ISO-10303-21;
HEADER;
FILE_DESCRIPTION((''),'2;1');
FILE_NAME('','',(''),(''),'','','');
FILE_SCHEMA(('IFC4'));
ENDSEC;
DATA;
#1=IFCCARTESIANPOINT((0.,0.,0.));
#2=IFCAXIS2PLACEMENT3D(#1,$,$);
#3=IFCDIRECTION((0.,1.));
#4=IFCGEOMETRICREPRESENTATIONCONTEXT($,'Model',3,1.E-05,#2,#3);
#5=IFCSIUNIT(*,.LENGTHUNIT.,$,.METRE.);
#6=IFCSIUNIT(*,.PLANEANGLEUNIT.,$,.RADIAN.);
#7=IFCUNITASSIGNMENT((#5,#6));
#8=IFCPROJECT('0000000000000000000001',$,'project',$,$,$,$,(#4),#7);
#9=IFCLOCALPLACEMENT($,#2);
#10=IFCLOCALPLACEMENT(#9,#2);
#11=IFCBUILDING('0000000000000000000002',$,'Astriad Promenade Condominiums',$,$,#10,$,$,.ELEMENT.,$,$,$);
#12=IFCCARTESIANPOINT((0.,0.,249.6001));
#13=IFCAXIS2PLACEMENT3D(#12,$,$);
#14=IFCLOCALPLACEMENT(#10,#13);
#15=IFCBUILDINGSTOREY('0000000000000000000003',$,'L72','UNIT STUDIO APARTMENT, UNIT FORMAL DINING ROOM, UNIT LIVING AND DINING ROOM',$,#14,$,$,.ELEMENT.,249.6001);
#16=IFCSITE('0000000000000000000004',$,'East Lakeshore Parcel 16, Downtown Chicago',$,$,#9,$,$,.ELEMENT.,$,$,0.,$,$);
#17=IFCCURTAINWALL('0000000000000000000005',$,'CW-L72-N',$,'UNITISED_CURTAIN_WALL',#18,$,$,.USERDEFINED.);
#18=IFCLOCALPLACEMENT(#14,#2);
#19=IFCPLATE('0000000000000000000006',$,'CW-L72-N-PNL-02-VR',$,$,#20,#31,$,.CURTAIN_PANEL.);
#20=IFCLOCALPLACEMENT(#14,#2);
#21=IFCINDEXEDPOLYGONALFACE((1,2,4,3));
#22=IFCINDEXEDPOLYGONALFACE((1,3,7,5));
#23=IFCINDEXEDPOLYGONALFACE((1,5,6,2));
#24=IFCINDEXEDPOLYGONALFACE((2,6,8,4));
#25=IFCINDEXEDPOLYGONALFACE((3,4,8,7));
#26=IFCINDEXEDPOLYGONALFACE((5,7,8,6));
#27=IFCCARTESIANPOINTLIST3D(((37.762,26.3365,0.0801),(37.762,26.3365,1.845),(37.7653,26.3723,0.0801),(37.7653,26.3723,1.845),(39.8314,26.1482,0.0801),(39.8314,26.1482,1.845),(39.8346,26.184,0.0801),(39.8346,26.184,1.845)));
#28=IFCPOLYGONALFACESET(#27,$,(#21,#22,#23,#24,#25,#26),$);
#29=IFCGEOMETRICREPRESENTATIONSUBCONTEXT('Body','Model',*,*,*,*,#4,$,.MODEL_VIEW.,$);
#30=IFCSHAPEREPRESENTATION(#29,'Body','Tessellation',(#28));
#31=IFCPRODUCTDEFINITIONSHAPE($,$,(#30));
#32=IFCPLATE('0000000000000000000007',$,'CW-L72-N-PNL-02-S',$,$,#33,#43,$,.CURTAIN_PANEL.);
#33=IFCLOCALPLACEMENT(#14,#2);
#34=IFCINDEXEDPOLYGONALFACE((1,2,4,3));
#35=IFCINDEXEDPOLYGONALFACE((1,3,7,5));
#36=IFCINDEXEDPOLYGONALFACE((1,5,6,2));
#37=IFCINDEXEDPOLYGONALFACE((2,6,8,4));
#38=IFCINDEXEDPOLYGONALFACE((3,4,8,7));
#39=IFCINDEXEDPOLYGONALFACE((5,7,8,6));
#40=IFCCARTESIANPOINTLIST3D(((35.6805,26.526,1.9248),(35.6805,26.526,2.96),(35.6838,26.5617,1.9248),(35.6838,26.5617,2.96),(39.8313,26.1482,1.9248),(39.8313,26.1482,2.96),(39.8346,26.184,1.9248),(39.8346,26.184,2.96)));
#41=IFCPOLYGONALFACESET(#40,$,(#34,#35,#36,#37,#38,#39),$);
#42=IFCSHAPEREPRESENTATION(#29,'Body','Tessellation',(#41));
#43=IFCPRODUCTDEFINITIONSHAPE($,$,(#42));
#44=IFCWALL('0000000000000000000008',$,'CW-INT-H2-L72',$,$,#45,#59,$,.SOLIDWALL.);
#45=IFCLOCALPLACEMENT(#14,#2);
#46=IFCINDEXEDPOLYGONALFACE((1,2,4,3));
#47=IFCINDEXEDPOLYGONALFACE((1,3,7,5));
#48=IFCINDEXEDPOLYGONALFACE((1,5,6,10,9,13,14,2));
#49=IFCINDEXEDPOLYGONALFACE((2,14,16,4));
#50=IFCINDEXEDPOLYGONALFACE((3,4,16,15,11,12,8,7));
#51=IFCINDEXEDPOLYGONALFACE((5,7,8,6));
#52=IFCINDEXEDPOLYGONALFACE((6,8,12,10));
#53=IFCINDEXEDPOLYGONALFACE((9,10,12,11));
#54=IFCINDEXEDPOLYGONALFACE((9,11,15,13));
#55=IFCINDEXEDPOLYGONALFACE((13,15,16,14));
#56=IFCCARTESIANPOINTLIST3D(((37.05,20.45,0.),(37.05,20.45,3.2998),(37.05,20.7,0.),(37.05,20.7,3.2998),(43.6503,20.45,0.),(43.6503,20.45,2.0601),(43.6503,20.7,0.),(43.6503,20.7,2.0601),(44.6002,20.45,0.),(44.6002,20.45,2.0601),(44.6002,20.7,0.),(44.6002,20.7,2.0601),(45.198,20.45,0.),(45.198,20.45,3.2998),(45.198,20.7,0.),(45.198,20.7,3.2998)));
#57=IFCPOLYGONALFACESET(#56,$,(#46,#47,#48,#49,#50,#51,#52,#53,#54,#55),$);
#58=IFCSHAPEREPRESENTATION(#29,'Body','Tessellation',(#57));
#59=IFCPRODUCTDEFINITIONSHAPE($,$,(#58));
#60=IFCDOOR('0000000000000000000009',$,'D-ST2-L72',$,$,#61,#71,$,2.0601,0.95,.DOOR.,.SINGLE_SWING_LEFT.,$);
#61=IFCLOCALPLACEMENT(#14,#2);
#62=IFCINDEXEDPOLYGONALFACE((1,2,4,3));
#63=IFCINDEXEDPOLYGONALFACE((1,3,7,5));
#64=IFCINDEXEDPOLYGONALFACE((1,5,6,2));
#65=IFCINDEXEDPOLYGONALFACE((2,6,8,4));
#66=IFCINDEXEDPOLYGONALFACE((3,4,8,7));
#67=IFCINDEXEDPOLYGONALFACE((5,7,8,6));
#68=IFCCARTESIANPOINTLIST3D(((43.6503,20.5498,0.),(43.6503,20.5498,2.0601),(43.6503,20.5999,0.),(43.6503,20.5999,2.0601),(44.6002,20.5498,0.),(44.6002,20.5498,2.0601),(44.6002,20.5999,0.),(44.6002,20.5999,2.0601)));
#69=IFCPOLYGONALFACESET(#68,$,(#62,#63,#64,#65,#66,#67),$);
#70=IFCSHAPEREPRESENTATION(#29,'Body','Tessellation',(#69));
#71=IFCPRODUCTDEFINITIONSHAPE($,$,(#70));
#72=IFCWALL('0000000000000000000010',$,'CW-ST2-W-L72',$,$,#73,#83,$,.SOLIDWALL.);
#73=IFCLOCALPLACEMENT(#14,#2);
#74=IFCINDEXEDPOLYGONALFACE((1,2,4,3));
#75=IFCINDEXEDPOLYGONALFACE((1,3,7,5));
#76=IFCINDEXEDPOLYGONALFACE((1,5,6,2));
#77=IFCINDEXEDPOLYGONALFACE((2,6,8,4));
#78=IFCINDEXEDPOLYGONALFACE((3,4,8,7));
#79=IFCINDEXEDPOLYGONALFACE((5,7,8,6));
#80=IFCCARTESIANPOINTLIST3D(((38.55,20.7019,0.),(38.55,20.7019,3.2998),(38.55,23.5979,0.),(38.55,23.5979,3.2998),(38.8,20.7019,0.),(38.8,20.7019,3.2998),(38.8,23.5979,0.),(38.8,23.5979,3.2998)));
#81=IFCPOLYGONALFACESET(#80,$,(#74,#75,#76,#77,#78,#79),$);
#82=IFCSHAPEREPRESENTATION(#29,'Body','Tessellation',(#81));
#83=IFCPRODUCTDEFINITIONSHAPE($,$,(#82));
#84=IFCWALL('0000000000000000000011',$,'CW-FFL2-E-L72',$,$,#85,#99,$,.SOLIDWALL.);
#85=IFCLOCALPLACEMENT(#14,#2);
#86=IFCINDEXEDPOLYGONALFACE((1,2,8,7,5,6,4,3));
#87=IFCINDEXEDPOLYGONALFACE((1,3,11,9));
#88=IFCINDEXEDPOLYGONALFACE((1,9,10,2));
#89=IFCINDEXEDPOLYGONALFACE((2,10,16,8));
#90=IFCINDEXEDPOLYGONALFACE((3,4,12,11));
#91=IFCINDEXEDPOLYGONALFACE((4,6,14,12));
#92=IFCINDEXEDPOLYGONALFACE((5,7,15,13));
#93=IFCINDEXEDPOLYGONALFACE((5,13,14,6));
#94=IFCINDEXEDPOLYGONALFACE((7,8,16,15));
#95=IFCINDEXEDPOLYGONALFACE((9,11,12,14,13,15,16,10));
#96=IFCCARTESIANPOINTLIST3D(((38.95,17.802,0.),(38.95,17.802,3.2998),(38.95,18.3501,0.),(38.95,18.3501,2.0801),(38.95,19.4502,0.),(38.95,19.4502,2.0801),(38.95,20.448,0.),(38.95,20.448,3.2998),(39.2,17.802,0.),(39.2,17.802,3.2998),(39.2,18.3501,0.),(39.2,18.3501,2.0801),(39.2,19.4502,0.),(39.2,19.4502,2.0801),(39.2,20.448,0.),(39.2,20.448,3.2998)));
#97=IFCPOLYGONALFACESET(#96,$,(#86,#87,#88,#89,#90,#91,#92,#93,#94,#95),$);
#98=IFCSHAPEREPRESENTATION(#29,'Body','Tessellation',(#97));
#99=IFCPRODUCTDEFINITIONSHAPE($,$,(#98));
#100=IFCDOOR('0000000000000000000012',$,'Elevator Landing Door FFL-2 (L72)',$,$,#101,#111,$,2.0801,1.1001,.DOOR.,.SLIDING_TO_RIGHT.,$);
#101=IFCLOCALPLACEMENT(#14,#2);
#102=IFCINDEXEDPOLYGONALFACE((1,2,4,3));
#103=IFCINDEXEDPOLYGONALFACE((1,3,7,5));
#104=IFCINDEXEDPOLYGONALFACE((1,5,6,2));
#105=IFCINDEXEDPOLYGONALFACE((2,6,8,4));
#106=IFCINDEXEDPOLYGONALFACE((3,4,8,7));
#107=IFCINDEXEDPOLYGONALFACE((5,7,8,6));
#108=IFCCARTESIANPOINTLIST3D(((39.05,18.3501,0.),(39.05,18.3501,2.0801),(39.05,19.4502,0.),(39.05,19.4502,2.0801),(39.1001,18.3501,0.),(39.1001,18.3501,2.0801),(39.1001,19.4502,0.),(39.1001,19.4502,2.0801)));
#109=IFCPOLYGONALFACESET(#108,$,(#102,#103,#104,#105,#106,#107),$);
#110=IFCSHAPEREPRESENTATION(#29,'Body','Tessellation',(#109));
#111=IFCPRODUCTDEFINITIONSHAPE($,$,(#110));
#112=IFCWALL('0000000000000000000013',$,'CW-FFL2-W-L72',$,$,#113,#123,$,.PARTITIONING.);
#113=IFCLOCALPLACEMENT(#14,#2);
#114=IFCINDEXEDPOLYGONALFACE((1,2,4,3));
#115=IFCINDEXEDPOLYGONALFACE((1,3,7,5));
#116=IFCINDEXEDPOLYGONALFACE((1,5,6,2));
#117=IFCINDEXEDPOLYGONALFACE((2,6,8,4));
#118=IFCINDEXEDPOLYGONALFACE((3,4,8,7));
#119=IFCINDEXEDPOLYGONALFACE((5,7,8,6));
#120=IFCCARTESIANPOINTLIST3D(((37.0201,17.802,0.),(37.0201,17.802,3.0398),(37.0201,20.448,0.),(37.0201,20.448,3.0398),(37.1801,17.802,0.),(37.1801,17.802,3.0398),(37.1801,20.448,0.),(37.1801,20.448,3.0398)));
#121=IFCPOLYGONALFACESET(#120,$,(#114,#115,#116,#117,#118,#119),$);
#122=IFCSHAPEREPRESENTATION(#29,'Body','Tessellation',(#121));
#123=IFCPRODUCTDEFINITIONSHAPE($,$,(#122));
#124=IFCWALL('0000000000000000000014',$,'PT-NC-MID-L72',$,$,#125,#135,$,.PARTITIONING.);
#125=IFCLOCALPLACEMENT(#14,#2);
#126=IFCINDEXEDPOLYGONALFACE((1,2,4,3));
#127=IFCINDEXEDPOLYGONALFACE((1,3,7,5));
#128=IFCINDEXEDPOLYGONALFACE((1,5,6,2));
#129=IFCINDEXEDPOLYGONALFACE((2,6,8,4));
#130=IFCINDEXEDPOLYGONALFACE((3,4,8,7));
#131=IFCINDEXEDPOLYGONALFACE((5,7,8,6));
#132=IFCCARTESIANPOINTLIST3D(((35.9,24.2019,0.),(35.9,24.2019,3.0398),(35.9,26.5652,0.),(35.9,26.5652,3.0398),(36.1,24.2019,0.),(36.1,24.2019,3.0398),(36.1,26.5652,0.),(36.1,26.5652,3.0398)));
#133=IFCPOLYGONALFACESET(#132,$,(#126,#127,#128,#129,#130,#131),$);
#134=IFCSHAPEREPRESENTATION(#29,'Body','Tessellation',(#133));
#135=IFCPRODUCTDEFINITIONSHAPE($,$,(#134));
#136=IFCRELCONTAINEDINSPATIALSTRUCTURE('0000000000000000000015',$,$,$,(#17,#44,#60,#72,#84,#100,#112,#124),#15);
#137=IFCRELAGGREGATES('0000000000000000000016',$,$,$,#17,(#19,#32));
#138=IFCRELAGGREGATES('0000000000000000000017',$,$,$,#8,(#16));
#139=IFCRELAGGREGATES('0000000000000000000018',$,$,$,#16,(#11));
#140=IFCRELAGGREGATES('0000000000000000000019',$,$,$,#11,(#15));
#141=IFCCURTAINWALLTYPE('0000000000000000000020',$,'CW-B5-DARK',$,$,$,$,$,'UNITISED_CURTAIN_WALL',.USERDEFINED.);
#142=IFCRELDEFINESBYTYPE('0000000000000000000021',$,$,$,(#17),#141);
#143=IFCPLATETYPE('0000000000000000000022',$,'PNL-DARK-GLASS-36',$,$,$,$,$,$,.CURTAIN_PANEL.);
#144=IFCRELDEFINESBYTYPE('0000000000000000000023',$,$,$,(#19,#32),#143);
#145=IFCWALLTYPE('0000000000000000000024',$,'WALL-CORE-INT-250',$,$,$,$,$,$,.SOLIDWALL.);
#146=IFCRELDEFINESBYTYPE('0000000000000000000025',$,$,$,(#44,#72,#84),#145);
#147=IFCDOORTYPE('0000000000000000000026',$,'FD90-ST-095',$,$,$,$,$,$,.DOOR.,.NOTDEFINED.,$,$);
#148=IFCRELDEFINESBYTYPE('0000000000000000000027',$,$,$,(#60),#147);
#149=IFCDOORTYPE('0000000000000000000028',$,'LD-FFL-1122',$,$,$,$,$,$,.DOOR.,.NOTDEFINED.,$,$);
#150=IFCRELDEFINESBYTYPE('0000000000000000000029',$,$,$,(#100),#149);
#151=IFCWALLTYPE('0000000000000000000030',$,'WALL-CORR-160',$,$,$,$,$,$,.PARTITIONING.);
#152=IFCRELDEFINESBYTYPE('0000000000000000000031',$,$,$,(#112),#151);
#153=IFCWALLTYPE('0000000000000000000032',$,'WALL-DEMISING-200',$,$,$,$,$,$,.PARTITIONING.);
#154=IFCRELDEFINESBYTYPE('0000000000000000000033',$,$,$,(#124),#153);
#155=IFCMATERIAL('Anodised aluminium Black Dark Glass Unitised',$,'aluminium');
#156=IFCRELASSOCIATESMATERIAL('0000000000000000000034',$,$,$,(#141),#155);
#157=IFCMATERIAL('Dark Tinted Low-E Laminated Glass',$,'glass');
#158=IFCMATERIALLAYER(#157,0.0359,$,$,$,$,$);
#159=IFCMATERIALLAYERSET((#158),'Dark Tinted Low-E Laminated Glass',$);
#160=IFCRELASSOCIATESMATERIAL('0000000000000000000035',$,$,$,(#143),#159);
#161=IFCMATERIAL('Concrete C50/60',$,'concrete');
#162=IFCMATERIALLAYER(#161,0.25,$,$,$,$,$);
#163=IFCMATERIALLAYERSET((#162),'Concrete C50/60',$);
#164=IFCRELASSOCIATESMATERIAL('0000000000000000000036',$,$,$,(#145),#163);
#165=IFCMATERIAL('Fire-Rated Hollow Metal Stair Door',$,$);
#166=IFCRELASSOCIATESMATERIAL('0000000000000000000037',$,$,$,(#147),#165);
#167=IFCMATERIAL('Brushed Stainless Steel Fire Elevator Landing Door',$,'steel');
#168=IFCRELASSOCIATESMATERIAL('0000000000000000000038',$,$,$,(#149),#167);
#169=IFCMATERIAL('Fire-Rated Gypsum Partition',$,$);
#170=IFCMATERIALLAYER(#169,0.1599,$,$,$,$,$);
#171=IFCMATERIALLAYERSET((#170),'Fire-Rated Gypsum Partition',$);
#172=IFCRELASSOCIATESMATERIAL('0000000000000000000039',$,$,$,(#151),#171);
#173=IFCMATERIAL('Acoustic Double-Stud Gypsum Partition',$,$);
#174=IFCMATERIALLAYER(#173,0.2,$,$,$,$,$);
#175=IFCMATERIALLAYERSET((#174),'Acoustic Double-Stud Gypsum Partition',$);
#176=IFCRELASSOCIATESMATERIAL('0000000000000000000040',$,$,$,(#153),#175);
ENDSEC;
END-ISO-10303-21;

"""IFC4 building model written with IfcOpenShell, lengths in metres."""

from ifc_helpers import new_model, si_unit, direction, frame, frame_2d, origin, origin_2d, place, context, subcontext, project, spatial, rectangle, extrude, source, transform, mapped, material, layer, layer_set, type_object, type_shapes, element, fill, aggregate, save


model = new_model("IFC4")

# Units and contexts
model_context = context("Model", 3, precision=1e-05, world=origin(), true_north=direction((0.0, 1.0)))
body_context = subcontext(model_context, "Body", "Model", "MODEL_VIEW")
ifc_project = project(units=[si_unit("LENGTHUNIT", "METRE"), si_unit("PLANEANGLEUNIT", "RADIAN")], contexts=[model_context])

# Site, building, storey
site_placement = place(None, origin())
site = spatial("IfcSite", under=ifc_project, at=site_placement, Name="East Lakeshore Parcel 16, Downtown Chicago", CompositionType="ELEMENT", RefElevation=0.0)
building_placement = place(site_placement, origin())
building = spatial("IfcBuilding", under=site, at=building_placement, Name="Astriad Promenade Condominiums", CompositionType="ELEMENT")
storey_placement = place(building_placement, frame((0.0, 0.0, 249.6001)))
storey = spatial("IfcBuildingStorey", under=building, at=storey_placement, Name="L72", Description="UNIT STUDIO APARTMENT, UNIT FORMAL DINING ROOM, UNIT LIVING AND DINING ROOM", CompositionType="ELEMENT", Elevation=249.6001)

# Curtain wall, plates
ifc_material_1 = material(Name="Anodised aluminium Black Dark Glass Unitised", Category="aluminium")
curtain_wall_type = type_object("IfcCurtainWallType", Name="CW-B5-DARK", ElementType="UNITISED_CURTAIN_WALL", PredefinedType="USERDEFINED", material=ifc_material_1)
curtain_wall_placement = place(storey_placement, origin())
curtain_wall = element("IfcCurtainWall", 1, at=curtain_wall_placement, inside=storey, type_object=curtain_wall_type, Name="CW-L72-N", ObjectType="UNITISED_CURTAIN_WALL", PredefinedType="USERDEFINED")
ifc_material_2 = material(Name="Dark Tinted Low-E Laminated Glass", Category="glass")
ifc_layer_1 = layer(ifc_material_2, 0.0359)
ifc_layer_set_1 = layer_set([ifc_layer_1], Name="Dark Tinted Low-E Laminated Glass")
plate_type = type_object("IfcPlateType", Name="PNL-DARK-GLASS-36", PredefinedType="CURTAIN_PANEL", material=ifc_layer_set_1)
shared_shape_1 = source(origin(), body_context, "Body", "SweptSolid", [
    extrude(rectangle(XDim=2.0779, YDim=0.0359, at=origin_2d()), origin(), (0.0, 0.0, 1.0), 1.7649),
])
plate_1_placement = place(storey_placement, frame((38.7983, 26.2603, 0.0801), z_axis=(0.0, 0.0, 1.0), x_axis=(0.995884, -0.090633, 0.0)))
plate_1 = element("IfcPlate", 2, at=plate_1_placement, type_object=plate_type, Name="CW-L72-N-PNL-02-VR", PredefinedType="CURTAIN_PANEL", context=body_context, shape_type="MappedRepresentation", body=[
    mapped(shared_shape_1, transform((0.0, 0.0, 0.0), scale=1.0)),
])
shared_shape_2 = source(origin(), body_context, "Body", "SweptSolid", [
    extrude(rectangle(XDim=4.168, YDim=0.0359, at=origin_2d()), origin(), (0.0, 0.0, 1.0), 1.0352),
])
type_shapes(plate_type, [shared_shape_1, shared_shape_2])
plate_2_placement = place(storey_placement, frame((37.7576, 26.355, 1.9248), z_axis=(0.0, 0.0, 1.0), x_axis=(0.995884, -0.090633, 0.0)))
plate_2 = element("IfcPlate", 3, at=plate_2_placement, type_object=plate_type, Name="CW-L72-N-PNL-02-S", PredefinedType="CURTAIN_PANEL", context=body_context, shape_type="MappedRepresentation", body=[
    mapped(shared_shape_2, transform((0.0, 0.0, 0.0), scale=1.0)),
])
aggregate(curtain_wall, [plate_1, plate_2])

# Wall, opening, door
ifc_material_3 = material(Name="Concrete C50/60", Category="concrete")
ifc_layer_2 = layer(ifc_material_3, 0.25)
ifc_layer_set_2 = layer_set([ifc_layer_2], Name="Concrete C50/60")
wall_type_1 = type_object("IfcWallType", Name="WALL-CORE-INT-250", PredefinedType="SOLIDWALL", material=ifc_layer_set_2)
wall_1_placement = place(storey_placement, frame((37.05, 20.575, 0.0), z_axis=(0.0, 0.0, 1.0), x_axis=(1.0, 0.0, 0.0)))
wall_1 = element("IfcWall", 4, at=wall_1_placement, inside=storey, type_object=wall_type_1, Name="CW-INT-H2-L72", PredefinedType="SOLIDWALL", context=body_context, shape_type="SweptSolid", body=[
    extrude(rectangle(XDim=8.1479, YDim=0.25, at=frame_2d((4.074, 0.0))), origin(), (0.0, 0.0, 1.0), 3.2998),
])
opening_1_placement = place(wall_1_placement, frame((6.6001, 0.0, 0.0)))
opening_1 = element("IfcOpeningElement", 5, at=opening_1_placement, cuts=wall_1, PredefinedType="OPENING", context=body_context, shape_type="SweptSolid", body=[
    extrude(rectangle(XDim=0.95, YDim=2.0601, at=frame_2d((0.4751, 1.03))), frame((0.0, 0.135, 0.0), z_axis=(0.0, -1.0, 0.0), x_axis=(1.0, 0.0, 0.0)), (0.0, 0.0, 1.0), 0.27),
])
ifc_material_4 = material(Name="Fire-Rated Hollow Metal Stair Door")
door_type_1 = type_object("IfcDoorType", Name="FD90-ST-095", OperationType="NOTDEFINED", PredefinedType="DOOR", material=ifc_material_4)
shared_shape_3 = source(origin(), body_context, "Body", "SweptSolid", [
    extrude(rectangle(XDim=0.95, YDim=2.0601, at=frame_2d((0.4751, 1.03))), frame((0.0, 0.0249, 0.0), z_axis=(0.0, -1.0, 0.0), x_axis=(1.0, 0.0, 0.0)), (0.0, 0.0, 1.0), 0.05),
])
type_shapes(door_type_1, [shared_shape_3])
door_1_placement = place(opening_1_placement, origin())
door_1 = element("IfcDoor", 6, at=door_1_placement, inside=storey, type_object=door_type_1, Name="D-ST2-L72", OperationType="SINGLE_SWING_LEFT", OverallHeight=2.0601, OverallWidth=0.95, PredefinedType="DOOR", context=body_context, shape_type="MappedRepresentation", body=[
    mapped(shared_shape_3, transform((0.0, 0.0, 0.0), scale=1.0)),
])
fill(opening_1, door_1)

# Wall
wall_2_placement = place(storey_placement, frame((38.675, 20.7019, 0.0), z_axis=(0.0, 0.0, 1.0), x_axis=(0.0, 1.0, 0.0)))
element("IfcWall", 7, at=wall_2_placement, inside=storey, type_object=wall_type_1, Name="CW-ST2-W-L72", PredefinedType="SOLIDWALL", context=body_context, shape_type="SweptSolid", body=[
    extrude(rectangle(XDim=2.896, YDim=0.25, at=frame_2d((1.448, 0.0))), origin(), (0.0, 0.0, 1.0), 3.2998),
])

# Wall, opening, door
wall_3_placement = place(storey_placement, frame((39.075, 17.802, 0.0), z_axis=(0.0, 0.0, 1.0), x_axis=(0.0, 1.0, 0.0)))
wall_3 = element("IfcWall", 8, at=wall_3_placement, inside=storey, type_object=wall_type_1, Name="CW-FFL2-E-L72", PredefinedType="SOLIDWALL", context=body_context, shape_type="SweptSolid", body=[
    extrude(rectangle(XDim=2.646, YDim=0.25, at=frame_2d((1.323, 0.0))), origin(), (0.0, 0.0, 1.0), 3.2998),
])
opening_2_placement = place(wall_3_placement, frame((0.5481, 0.0, 0.0)))
opening_2 = element("IfcOpeningElement", 9, at=opening_2_placement, cuts=wall_3, PredefinedType="OPENING", context=body_context, shape_type="SweptSolid", body=[
    extrude(rectangle(XDim=1.1001, YDim=2.0801, at=frame_2d((0.55, 1.04))), frame((0.0, 0.135, 0.0), z_axis=(0.0, -1.0, 0.0), x_axis=(1.0, 0.0, 0.0)), (0.0, 0.0, 1.0), 0.27),
])
ifc_material_5 = material(Name="Brushed Stainless Steel Fire Elevator Landing Door", Category="steel")
door_type_2 = type_object("IfcDoorType", Name="LD-FFL-1122", OperationType="NOTDEFINED", PredefinedType="DOOR", material=ifc_material_5)
shared_shape_4 = source(origin(), body_context, "Body", "SweptSolid", [
    extrude(rectangle(XDim=1.1001, YDim=2.0801, at=frame_2d((0.55, 1.04))), frame((0.0, 0.0249, 0.0), z_axis=(0.0, -1.0, 0.0), x_axis=(1.0, 0.0, 0.0)), (0.0, 0.0, 1.0), 0.05),
])
type_shapes(door_type_2, [shared_shape_4])
door_2_placement = place(opening_2_placement, origin())
door_2 = element("IfcDoor", 10, at=door_2_placement, inside=storey, type_object=door_type_2, Name="Elevator Landing Door FFL-2 (L72)", OperationType="SLIDING_TO_RIGHT", OverallHeight=2.0801, OverallWidth=1.1001, PredefinedType="DOOR", context=body_context, shape_type="MappedRepresentation", body=[
    mapped(shared_shape_4, transform((0.0, 0.0, 0.0), scale=1.0)),
])
fill(opening_2, door_2)

# Walls
ifc_material_6 = material(Name="Fire-Rated Gypsum Partition")
ifc_layer_3 = layer(ifc_material_6, 0.1599)
ifc_layer_set_3 = layer_set([ifc_layer_3], Name="Fire-Rated Gypsum Partition")
wall_type_2 = type_object("IfcWallType", Name="WALL-CORR-160", PredefinedType="PARTITIONING", material=ifc_layer_set_3)
wall_4_placement = place(storey_placement, frame((37.1001, 17.802, 0.0), z_axis=(0.0, 0.0, 1.0), x_axis=(0.0, 1.0, 0.0)))
element("IfcWall", 11, at=wall_4_placement, inside=storey, type_object=wall_type_2, Name="CW-FFL2-W-L72", PredefinedType="PARTITIONING", context=body_context, shape_type="SweptSolid", body=[
    extrude(rectangle(XDim=2.646, YDim=0.1599, at=frame_2d((1.323, 0.0))), origin(), (0.0, 0.0, 1.0), 3.0398),
])
ifc_material_7 = material(Name="Acoustic Double-Stud Gypsum Partition")
ifc_layer_4 = layer(ifc_material_7, 0.2)
ifc_layer_set_4 = layer_set([ifc_layer_4], Name="Acoustic Double-Stud Gypsum Partition")
wall_type_3 = type_object("IfcWallType", Name="WALL-DEMISING-200", PredefinedType="PARTITIONING", material=ifc_layer_set_4)
wall_5_placement = place(storey_placement, frame((36.0, 24.2019, 0.0), z_axis=(0.0, 0.0, 1.0), x_axis=(0.0, 1.0, 0.0)))
element("IfcWall", 12, at=wall_5_placement, inside=storey, type_object=wall_type_3, Name="PT-NC-MID-L72", PredefinedType="PARTITIONING", context=body_context, shape_type="SweptSolid", body=[
    extrude(rectangle(XDim=2.3633, YDim=0.2, at=frame_2d((1.1816, 0.0))), origin(), (0.0, 0.0, 1.0), 3.0398),
])

save(model, "model.ifc")
